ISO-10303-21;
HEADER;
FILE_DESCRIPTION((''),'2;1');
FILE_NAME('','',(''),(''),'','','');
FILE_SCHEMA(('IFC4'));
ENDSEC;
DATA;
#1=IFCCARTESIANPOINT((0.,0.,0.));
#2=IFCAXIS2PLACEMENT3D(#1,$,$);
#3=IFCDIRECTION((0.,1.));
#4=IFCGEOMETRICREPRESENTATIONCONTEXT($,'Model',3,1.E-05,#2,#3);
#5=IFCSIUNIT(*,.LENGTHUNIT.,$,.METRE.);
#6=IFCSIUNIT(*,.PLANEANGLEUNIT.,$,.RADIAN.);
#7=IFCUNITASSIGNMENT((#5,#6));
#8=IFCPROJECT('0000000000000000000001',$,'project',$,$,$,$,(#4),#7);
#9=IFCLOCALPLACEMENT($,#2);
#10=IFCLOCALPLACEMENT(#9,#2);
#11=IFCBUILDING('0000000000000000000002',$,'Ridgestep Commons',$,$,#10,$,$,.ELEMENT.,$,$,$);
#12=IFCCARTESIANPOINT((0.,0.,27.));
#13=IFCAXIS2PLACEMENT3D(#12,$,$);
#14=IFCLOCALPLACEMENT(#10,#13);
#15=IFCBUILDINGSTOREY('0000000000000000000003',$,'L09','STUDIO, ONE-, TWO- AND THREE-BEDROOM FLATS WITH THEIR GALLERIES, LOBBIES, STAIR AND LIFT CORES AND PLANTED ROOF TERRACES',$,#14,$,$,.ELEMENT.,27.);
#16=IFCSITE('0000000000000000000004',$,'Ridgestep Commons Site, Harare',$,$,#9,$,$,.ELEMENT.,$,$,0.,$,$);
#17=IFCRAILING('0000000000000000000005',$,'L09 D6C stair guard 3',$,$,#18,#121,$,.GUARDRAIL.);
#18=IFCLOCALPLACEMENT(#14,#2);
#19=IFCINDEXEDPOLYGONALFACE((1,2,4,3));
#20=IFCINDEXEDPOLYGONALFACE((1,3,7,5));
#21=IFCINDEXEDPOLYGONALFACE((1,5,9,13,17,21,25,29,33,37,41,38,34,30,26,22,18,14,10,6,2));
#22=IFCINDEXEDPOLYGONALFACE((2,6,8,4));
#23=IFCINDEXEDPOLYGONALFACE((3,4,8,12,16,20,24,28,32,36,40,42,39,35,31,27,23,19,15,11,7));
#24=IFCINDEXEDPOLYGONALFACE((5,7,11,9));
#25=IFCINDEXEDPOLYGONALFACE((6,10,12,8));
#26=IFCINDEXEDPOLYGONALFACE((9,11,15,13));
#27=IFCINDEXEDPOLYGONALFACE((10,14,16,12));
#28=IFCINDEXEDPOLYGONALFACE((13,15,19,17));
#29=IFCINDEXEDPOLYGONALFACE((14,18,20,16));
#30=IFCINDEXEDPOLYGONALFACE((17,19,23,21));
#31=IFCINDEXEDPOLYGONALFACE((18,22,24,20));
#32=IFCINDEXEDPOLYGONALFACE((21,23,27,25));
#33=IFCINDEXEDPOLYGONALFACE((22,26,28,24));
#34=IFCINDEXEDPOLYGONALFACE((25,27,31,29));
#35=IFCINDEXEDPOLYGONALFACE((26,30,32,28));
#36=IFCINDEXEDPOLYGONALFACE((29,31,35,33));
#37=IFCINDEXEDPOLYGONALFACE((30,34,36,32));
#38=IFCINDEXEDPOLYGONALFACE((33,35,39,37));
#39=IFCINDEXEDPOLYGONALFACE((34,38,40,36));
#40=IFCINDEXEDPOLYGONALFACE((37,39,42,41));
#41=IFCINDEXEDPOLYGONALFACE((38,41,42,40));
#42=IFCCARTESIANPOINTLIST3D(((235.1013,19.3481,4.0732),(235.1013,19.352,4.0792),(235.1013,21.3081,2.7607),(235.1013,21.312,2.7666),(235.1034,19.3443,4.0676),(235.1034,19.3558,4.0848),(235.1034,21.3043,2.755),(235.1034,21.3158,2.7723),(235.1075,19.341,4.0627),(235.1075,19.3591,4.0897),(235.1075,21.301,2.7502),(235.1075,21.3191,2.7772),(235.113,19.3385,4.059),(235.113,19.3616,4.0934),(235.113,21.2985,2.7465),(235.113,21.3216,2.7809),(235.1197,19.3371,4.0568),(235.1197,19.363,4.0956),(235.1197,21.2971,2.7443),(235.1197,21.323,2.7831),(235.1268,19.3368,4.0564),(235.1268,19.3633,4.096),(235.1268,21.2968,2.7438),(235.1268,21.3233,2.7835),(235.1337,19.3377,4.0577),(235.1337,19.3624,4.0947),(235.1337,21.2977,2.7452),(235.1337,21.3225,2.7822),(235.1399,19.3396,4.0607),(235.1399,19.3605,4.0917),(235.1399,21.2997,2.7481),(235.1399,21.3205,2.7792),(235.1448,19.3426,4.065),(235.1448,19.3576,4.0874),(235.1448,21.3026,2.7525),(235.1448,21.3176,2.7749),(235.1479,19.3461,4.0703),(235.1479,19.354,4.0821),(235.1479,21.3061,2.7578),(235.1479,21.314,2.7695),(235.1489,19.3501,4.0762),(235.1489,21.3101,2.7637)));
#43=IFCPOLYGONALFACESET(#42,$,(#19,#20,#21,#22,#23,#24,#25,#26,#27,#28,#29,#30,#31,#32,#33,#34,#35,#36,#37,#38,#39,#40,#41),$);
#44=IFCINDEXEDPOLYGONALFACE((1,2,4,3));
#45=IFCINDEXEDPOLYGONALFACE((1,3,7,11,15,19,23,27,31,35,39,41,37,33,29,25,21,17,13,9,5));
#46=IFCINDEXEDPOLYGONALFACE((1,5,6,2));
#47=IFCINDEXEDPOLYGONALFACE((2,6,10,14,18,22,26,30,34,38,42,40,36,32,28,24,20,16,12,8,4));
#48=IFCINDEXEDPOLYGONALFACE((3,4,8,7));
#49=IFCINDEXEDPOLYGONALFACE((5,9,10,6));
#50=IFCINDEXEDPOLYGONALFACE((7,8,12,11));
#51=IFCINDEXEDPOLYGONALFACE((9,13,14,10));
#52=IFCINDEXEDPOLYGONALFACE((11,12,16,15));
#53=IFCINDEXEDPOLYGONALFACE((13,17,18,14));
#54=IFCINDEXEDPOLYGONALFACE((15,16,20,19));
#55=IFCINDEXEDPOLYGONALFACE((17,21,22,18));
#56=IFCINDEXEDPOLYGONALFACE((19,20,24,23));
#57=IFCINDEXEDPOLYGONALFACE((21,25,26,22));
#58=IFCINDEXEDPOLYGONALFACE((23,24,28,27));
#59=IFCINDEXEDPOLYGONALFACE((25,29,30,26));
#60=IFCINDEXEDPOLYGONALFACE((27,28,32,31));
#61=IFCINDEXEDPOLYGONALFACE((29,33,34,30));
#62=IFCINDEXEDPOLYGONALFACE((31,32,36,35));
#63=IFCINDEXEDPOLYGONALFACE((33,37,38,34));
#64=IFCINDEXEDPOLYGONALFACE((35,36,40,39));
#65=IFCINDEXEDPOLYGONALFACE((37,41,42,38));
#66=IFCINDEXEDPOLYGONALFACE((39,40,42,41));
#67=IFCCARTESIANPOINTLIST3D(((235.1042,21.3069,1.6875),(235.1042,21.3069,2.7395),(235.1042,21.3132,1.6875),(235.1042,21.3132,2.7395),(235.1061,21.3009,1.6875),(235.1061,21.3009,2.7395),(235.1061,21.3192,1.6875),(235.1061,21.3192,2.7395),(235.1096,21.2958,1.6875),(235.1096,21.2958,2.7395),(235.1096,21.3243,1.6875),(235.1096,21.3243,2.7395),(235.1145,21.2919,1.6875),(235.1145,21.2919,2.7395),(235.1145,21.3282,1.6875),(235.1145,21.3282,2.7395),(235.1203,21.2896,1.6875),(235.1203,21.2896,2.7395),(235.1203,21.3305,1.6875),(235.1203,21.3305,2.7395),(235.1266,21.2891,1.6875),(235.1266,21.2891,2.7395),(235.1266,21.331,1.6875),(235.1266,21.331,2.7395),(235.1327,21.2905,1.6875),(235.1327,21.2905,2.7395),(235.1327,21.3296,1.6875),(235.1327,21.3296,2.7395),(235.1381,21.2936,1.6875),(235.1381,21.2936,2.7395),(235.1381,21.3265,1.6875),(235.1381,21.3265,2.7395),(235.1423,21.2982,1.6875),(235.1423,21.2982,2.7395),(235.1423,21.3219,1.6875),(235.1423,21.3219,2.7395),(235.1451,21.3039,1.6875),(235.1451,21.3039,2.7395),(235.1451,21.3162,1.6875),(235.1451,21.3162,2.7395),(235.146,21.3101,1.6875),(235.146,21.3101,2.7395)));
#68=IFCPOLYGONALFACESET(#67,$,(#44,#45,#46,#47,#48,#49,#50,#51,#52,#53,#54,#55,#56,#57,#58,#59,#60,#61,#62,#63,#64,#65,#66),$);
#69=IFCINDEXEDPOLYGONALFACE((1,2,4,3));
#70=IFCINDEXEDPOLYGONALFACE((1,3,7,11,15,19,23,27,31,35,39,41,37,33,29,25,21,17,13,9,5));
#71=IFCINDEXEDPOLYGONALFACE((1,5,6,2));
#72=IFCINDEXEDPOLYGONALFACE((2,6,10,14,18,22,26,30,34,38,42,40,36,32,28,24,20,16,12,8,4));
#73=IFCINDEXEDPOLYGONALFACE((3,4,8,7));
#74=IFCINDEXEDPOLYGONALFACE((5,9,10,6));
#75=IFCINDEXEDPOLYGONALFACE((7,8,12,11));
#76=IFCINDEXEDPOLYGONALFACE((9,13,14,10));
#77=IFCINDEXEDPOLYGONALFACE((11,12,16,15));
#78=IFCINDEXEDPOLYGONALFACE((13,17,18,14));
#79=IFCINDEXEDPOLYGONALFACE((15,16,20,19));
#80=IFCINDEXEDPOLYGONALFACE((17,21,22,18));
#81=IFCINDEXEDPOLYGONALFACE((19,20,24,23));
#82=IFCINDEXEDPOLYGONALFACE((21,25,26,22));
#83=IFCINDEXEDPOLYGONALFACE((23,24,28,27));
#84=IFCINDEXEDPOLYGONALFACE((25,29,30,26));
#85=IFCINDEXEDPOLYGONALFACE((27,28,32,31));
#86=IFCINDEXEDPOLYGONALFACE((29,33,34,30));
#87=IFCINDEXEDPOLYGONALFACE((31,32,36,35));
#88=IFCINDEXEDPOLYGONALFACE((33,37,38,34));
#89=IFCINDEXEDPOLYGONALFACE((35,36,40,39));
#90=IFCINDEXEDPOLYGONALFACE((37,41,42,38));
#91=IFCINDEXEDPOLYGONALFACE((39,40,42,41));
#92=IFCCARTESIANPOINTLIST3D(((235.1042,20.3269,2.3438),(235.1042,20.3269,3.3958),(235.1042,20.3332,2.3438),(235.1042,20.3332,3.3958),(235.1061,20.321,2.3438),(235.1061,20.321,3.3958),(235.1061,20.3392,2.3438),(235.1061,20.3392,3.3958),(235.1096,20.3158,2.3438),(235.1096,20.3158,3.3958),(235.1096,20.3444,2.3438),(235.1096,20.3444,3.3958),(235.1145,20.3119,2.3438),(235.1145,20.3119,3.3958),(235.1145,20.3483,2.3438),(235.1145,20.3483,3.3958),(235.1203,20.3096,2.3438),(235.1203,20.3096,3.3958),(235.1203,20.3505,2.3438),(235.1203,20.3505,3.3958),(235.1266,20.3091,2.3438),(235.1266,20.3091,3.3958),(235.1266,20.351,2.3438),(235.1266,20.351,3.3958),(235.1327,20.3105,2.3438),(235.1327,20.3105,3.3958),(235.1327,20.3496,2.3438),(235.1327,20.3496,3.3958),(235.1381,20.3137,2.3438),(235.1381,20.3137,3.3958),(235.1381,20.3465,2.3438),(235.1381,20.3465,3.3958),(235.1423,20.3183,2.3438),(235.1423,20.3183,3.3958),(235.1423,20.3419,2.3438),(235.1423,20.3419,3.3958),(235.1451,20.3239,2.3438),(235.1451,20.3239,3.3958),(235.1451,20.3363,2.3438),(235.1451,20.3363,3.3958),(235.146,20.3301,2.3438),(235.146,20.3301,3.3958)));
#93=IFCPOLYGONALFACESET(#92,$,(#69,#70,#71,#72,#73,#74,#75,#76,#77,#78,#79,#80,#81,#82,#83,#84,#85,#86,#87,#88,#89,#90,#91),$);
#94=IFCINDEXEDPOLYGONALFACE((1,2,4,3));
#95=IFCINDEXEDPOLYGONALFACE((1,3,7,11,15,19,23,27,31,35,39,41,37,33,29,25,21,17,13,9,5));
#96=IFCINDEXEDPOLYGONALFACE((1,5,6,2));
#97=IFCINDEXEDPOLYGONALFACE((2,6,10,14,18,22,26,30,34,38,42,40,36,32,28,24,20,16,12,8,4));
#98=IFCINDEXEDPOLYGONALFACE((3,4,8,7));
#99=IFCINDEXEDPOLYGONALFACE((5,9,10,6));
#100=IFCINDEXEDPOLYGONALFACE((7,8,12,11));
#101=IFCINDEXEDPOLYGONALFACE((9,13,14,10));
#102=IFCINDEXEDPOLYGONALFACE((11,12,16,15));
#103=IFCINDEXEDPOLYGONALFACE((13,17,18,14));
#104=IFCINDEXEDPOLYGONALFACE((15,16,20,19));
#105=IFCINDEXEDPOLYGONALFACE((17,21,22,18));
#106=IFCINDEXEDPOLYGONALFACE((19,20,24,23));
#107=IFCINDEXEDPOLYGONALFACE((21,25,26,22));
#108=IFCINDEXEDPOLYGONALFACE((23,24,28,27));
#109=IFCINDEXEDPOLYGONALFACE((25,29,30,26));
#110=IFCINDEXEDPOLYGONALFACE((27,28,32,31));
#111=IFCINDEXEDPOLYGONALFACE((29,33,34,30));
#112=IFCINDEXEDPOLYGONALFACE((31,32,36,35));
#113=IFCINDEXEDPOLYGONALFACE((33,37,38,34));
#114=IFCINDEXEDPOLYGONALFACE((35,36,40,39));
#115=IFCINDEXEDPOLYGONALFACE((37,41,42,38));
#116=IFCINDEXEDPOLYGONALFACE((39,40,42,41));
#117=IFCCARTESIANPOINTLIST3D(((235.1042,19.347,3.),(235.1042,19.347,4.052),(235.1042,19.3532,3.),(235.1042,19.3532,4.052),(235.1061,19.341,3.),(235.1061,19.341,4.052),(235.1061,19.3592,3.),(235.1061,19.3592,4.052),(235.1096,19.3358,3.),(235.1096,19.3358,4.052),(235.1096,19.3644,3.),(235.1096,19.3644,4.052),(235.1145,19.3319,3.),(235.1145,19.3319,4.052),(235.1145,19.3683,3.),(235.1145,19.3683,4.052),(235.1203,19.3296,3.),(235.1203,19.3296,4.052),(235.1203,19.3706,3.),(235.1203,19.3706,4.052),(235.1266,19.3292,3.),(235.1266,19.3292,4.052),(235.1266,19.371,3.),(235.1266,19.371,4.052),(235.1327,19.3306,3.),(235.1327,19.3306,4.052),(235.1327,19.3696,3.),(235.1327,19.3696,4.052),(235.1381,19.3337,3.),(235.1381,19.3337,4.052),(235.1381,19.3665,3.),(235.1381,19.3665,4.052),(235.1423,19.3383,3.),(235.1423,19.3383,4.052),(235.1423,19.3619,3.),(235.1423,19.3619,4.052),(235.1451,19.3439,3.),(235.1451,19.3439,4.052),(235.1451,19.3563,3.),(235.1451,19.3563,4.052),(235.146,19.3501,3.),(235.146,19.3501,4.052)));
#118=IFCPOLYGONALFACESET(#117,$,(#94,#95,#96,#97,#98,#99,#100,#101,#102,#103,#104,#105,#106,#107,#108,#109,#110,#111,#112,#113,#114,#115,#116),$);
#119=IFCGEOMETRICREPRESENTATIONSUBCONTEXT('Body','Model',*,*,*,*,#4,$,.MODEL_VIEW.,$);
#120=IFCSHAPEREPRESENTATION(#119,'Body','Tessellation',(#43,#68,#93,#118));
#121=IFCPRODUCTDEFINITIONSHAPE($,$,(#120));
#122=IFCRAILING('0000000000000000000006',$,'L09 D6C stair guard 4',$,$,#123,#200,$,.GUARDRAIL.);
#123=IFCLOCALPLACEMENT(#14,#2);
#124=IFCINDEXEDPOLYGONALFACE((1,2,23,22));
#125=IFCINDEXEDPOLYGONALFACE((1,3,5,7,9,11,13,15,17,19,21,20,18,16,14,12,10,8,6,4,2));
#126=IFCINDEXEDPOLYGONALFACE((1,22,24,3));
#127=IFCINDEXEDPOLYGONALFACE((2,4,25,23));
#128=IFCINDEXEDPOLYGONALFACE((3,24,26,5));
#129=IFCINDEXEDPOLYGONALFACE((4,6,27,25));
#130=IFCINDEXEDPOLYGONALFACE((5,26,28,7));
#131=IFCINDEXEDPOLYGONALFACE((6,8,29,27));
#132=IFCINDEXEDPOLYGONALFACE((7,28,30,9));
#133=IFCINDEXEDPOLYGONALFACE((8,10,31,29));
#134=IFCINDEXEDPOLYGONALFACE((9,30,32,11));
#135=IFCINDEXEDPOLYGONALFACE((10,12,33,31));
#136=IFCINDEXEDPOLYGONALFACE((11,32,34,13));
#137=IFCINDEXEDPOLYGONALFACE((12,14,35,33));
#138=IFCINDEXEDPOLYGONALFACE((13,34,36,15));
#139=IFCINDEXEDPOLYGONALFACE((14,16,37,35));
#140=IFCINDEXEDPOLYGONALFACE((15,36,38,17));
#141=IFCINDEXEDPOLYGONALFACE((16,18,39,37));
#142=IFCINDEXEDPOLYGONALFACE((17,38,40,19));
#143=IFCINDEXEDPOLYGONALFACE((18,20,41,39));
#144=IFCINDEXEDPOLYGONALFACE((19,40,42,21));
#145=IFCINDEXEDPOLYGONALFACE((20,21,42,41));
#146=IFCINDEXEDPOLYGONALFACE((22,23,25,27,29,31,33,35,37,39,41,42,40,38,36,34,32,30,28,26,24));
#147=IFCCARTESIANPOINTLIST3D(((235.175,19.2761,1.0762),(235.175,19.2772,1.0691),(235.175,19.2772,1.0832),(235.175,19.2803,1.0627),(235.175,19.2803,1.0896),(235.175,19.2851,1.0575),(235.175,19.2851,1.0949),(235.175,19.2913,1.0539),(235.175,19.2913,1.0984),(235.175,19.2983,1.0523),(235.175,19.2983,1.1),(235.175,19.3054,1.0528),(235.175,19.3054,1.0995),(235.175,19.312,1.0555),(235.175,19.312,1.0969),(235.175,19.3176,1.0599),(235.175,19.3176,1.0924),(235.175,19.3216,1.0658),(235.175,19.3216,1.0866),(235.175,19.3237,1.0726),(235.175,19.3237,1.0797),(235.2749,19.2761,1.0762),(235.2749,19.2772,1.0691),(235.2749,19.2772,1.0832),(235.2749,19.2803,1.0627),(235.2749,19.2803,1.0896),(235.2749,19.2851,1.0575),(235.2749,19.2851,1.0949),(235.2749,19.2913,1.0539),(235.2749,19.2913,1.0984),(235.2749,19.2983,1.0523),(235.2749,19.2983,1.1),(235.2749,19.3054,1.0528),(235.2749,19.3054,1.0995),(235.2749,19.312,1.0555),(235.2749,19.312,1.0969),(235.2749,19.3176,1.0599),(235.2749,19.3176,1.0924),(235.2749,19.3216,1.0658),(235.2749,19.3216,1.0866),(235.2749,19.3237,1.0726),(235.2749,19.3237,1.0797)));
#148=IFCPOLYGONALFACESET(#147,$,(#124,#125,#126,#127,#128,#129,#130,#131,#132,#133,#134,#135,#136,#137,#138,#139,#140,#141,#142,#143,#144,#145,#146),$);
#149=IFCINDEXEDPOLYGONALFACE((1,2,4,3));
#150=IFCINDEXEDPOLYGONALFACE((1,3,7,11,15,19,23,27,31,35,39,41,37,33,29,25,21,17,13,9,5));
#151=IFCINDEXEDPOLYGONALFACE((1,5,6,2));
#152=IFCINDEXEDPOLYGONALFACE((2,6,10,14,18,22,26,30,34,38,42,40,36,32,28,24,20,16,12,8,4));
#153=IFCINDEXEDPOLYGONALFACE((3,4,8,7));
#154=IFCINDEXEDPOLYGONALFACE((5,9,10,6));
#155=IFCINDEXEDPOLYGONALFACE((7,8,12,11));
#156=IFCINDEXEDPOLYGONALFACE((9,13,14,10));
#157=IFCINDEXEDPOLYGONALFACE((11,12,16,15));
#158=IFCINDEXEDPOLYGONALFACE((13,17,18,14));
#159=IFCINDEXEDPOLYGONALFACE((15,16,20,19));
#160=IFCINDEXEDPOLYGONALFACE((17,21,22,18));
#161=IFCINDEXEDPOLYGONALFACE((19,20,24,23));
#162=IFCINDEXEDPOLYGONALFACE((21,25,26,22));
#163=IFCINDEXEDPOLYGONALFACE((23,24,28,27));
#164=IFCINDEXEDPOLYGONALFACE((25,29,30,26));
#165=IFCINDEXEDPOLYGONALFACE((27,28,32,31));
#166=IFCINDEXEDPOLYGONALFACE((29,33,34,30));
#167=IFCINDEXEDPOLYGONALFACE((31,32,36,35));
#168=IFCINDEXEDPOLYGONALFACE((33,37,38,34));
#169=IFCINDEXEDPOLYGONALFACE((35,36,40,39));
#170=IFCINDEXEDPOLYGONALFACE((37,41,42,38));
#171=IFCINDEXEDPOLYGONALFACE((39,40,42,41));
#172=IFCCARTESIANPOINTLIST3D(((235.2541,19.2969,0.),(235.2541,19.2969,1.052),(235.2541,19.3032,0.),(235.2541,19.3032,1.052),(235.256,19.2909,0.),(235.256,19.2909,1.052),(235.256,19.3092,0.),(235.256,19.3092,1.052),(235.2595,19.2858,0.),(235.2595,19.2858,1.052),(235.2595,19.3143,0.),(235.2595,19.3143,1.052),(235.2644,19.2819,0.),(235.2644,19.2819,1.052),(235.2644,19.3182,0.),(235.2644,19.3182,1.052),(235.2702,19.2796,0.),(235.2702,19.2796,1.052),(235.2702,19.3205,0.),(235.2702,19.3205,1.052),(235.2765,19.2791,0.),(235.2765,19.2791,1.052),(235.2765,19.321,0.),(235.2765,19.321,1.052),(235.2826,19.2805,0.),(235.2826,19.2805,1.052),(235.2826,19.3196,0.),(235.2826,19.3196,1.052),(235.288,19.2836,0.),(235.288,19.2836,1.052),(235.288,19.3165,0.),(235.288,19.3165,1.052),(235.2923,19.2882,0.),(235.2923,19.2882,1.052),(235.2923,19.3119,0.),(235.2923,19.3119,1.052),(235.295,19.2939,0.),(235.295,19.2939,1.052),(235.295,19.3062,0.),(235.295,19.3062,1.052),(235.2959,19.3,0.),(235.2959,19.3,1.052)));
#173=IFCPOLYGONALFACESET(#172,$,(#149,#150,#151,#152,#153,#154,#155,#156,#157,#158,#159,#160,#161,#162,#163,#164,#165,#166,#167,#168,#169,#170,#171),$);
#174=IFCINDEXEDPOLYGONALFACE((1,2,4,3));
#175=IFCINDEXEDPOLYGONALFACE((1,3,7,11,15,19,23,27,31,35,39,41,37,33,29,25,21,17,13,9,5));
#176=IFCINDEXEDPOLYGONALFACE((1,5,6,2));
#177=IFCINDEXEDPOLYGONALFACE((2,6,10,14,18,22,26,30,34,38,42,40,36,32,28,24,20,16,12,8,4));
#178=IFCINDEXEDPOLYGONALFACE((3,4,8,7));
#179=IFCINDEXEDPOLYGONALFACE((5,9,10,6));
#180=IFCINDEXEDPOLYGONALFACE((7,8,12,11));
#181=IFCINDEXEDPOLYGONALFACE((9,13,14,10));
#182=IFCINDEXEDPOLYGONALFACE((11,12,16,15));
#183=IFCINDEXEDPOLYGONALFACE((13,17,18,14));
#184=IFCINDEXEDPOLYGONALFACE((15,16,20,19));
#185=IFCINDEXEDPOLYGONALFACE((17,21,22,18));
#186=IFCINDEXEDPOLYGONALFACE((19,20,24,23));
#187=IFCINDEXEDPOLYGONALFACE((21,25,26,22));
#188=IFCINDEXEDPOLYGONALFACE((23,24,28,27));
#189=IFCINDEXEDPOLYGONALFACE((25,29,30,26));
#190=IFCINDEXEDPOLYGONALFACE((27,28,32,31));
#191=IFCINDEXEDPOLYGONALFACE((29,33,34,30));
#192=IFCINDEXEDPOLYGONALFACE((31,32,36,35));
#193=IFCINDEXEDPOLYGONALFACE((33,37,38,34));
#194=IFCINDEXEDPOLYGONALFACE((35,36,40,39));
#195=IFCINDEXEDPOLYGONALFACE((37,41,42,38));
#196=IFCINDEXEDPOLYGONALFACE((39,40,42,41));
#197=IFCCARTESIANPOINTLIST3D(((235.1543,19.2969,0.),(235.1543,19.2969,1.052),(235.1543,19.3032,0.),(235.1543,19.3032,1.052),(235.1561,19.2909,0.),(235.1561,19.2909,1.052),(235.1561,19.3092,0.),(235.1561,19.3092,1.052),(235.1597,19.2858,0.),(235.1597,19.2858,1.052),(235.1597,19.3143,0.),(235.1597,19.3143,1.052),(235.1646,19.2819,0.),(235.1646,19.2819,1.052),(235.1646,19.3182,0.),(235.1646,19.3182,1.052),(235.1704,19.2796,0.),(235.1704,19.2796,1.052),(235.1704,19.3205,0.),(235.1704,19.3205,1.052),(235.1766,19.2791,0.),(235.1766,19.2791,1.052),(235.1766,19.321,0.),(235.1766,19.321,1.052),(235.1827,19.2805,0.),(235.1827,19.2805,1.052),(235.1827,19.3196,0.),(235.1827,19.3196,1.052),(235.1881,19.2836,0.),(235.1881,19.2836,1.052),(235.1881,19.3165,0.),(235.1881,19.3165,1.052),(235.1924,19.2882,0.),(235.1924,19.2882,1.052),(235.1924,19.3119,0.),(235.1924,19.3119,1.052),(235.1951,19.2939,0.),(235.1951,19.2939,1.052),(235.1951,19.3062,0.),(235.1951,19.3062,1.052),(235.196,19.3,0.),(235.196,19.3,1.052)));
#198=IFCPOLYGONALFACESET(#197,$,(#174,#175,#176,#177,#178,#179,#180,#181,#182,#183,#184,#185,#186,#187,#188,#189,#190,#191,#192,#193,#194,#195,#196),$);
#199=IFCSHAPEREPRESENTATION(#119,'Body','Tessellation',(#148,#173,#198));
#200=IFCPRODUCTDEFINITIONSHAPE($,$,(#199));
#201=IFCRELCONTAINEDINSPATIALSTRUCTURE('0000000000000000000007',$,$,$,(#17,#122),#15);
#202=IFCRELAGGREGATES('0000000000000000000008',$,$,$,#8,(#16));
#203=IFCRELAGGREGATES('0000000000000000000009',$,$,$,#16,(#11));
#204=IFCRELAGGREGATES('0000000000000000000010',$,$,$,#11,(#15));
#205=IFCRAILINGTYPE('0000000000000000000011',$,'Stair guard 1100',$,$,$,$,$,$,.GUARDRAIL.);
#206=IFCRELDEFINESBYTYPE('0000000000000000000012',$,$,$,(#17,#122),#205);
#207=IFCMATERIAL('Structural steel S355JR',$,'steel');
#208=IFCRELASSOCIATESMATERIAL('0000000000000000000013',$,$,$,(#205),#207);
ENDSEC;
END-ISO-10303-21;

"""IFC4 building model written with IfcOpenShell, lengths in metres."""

from ifc_helpers import new_model, si_unit, direction, frame, origin, origin_2d, place, context, subcontext, project, spatial, circle, extrude, material, type_object, element, save


model = new_model("IFC4")

# Units and contexts
model_context = context("Model", 3, precision=1e-05, world=origin(), true_north=direction((0.0, 1.0)))
body_context = subcontext(model_context, "Body", "Model", "MODEL_VIEW")
ifc_project = project(units=[si_unit("LENGTHUNIT", "METRE"), si_unit("PLANEANGLEUNIT", "RADIAN")], contexts=[model_context])

# Site, building, storey
site_placement = place(None, origin())
site = spatial("IfcSite", under=ifc_project, at=site_placement, Name="Ridgestep Commons Site, Harare", CompositionType="ELEMENT", RefElevation=0.0)
building_placement = place(site_placement, origin())
building = spatial("IfcBuilding", under=site, at=building_placement, Name="Ridgestep Commons", CompositionType="ELEMENT")
storey_placement = place(building_placement, frame((0.0, 0.0, 27.0)))
storey = spatial("IfcBuildingStorey", under=building, at=storey_placement, Name="L09", Description="STUDIO, ONE-, TWO- AND THREE-BEDROOM FLATS WITH THEIR GALLERIES, LOBBIES, STAIR AND LIFT CORES AND PLANTED ROOF TERRACES", CompositionType="ELEMENT", Elevation=27.0)

# Railings
ifc_material_1 = material(Name="Structural steel S355JR", Category="steel")
railing_type_1 = type_object("IfcRailingType", Name="Stair guard 1100", PredefinedType="GUARDRAIL", material=ifc_material_1)
railing_1_placement = place(storey_placement, frame((235.125, 21.3101, 1.6875)))
element("IfcRailing", 1, at=railing_1_placement, inside=storey, type_object=railing_type_1, Name="L09 D6C stair guard 3", PredefinedType="GUARDRAIL", context=body_context, shape_type="SweptSolid", body=[
    extrude(circle(Radius=0.0239, at=origin_2d()), frame((0.0, 0.0, 1.0762), z_axis=(0.0, -0.830902, 0.556419), x_axis=(1.0, 0.0, 0.0)), (0.0, 0.0, 1.0), 2.3589),
    extrude(circle(Radius=0.021, at=origin_2d()), origin(), (0.0, 0.0, 1.0), 1.052),
    extrude(circle(Radius=0.021, at=origin_2d()), frame((0.0, -0.98, 0.6562)), (0.0, 0.0, 1.0), 1.052),
    extrude(circle(Radius=0.021, at=origin_2d()), frame((0.0, -1.96, 1.3125)), (0.0, 0.0, 1.0), 1.052),
])
railing_2_placement = place(storey_placement, frame((235.2749, 19.3, 0.0)))
element("IfcRailing", 2, at=railing_2_placement, inside=storey, type_object=railing_type_1, Name="L09 D6C stair guard 4", PredefinedType="GUARDRAIL", context=body_context, shape_type="SweptSolid", body=[
    extrude(circle(Radius=0.0239, at=origin_2d()), frame((0.0, 0.0, 1.0762), z_axis=(-1.0, 0.0, 0.0), x_axis=(0.0, -1.0, 0.0)), (0.0, 0.0, 1.0), 0.0999),
    extrude(circle(Radius=0.021, at=origin_2d()), origin(), (0.0, 0.0, 1.0), 1.052),
    extrude(circle(Radius=0.021, at=origin_2d()), frame((-0.0999, 0.0, 0.0)), (0.0, 0.0, 1.0), 1.052),
])

save(model, "model.ifc")
